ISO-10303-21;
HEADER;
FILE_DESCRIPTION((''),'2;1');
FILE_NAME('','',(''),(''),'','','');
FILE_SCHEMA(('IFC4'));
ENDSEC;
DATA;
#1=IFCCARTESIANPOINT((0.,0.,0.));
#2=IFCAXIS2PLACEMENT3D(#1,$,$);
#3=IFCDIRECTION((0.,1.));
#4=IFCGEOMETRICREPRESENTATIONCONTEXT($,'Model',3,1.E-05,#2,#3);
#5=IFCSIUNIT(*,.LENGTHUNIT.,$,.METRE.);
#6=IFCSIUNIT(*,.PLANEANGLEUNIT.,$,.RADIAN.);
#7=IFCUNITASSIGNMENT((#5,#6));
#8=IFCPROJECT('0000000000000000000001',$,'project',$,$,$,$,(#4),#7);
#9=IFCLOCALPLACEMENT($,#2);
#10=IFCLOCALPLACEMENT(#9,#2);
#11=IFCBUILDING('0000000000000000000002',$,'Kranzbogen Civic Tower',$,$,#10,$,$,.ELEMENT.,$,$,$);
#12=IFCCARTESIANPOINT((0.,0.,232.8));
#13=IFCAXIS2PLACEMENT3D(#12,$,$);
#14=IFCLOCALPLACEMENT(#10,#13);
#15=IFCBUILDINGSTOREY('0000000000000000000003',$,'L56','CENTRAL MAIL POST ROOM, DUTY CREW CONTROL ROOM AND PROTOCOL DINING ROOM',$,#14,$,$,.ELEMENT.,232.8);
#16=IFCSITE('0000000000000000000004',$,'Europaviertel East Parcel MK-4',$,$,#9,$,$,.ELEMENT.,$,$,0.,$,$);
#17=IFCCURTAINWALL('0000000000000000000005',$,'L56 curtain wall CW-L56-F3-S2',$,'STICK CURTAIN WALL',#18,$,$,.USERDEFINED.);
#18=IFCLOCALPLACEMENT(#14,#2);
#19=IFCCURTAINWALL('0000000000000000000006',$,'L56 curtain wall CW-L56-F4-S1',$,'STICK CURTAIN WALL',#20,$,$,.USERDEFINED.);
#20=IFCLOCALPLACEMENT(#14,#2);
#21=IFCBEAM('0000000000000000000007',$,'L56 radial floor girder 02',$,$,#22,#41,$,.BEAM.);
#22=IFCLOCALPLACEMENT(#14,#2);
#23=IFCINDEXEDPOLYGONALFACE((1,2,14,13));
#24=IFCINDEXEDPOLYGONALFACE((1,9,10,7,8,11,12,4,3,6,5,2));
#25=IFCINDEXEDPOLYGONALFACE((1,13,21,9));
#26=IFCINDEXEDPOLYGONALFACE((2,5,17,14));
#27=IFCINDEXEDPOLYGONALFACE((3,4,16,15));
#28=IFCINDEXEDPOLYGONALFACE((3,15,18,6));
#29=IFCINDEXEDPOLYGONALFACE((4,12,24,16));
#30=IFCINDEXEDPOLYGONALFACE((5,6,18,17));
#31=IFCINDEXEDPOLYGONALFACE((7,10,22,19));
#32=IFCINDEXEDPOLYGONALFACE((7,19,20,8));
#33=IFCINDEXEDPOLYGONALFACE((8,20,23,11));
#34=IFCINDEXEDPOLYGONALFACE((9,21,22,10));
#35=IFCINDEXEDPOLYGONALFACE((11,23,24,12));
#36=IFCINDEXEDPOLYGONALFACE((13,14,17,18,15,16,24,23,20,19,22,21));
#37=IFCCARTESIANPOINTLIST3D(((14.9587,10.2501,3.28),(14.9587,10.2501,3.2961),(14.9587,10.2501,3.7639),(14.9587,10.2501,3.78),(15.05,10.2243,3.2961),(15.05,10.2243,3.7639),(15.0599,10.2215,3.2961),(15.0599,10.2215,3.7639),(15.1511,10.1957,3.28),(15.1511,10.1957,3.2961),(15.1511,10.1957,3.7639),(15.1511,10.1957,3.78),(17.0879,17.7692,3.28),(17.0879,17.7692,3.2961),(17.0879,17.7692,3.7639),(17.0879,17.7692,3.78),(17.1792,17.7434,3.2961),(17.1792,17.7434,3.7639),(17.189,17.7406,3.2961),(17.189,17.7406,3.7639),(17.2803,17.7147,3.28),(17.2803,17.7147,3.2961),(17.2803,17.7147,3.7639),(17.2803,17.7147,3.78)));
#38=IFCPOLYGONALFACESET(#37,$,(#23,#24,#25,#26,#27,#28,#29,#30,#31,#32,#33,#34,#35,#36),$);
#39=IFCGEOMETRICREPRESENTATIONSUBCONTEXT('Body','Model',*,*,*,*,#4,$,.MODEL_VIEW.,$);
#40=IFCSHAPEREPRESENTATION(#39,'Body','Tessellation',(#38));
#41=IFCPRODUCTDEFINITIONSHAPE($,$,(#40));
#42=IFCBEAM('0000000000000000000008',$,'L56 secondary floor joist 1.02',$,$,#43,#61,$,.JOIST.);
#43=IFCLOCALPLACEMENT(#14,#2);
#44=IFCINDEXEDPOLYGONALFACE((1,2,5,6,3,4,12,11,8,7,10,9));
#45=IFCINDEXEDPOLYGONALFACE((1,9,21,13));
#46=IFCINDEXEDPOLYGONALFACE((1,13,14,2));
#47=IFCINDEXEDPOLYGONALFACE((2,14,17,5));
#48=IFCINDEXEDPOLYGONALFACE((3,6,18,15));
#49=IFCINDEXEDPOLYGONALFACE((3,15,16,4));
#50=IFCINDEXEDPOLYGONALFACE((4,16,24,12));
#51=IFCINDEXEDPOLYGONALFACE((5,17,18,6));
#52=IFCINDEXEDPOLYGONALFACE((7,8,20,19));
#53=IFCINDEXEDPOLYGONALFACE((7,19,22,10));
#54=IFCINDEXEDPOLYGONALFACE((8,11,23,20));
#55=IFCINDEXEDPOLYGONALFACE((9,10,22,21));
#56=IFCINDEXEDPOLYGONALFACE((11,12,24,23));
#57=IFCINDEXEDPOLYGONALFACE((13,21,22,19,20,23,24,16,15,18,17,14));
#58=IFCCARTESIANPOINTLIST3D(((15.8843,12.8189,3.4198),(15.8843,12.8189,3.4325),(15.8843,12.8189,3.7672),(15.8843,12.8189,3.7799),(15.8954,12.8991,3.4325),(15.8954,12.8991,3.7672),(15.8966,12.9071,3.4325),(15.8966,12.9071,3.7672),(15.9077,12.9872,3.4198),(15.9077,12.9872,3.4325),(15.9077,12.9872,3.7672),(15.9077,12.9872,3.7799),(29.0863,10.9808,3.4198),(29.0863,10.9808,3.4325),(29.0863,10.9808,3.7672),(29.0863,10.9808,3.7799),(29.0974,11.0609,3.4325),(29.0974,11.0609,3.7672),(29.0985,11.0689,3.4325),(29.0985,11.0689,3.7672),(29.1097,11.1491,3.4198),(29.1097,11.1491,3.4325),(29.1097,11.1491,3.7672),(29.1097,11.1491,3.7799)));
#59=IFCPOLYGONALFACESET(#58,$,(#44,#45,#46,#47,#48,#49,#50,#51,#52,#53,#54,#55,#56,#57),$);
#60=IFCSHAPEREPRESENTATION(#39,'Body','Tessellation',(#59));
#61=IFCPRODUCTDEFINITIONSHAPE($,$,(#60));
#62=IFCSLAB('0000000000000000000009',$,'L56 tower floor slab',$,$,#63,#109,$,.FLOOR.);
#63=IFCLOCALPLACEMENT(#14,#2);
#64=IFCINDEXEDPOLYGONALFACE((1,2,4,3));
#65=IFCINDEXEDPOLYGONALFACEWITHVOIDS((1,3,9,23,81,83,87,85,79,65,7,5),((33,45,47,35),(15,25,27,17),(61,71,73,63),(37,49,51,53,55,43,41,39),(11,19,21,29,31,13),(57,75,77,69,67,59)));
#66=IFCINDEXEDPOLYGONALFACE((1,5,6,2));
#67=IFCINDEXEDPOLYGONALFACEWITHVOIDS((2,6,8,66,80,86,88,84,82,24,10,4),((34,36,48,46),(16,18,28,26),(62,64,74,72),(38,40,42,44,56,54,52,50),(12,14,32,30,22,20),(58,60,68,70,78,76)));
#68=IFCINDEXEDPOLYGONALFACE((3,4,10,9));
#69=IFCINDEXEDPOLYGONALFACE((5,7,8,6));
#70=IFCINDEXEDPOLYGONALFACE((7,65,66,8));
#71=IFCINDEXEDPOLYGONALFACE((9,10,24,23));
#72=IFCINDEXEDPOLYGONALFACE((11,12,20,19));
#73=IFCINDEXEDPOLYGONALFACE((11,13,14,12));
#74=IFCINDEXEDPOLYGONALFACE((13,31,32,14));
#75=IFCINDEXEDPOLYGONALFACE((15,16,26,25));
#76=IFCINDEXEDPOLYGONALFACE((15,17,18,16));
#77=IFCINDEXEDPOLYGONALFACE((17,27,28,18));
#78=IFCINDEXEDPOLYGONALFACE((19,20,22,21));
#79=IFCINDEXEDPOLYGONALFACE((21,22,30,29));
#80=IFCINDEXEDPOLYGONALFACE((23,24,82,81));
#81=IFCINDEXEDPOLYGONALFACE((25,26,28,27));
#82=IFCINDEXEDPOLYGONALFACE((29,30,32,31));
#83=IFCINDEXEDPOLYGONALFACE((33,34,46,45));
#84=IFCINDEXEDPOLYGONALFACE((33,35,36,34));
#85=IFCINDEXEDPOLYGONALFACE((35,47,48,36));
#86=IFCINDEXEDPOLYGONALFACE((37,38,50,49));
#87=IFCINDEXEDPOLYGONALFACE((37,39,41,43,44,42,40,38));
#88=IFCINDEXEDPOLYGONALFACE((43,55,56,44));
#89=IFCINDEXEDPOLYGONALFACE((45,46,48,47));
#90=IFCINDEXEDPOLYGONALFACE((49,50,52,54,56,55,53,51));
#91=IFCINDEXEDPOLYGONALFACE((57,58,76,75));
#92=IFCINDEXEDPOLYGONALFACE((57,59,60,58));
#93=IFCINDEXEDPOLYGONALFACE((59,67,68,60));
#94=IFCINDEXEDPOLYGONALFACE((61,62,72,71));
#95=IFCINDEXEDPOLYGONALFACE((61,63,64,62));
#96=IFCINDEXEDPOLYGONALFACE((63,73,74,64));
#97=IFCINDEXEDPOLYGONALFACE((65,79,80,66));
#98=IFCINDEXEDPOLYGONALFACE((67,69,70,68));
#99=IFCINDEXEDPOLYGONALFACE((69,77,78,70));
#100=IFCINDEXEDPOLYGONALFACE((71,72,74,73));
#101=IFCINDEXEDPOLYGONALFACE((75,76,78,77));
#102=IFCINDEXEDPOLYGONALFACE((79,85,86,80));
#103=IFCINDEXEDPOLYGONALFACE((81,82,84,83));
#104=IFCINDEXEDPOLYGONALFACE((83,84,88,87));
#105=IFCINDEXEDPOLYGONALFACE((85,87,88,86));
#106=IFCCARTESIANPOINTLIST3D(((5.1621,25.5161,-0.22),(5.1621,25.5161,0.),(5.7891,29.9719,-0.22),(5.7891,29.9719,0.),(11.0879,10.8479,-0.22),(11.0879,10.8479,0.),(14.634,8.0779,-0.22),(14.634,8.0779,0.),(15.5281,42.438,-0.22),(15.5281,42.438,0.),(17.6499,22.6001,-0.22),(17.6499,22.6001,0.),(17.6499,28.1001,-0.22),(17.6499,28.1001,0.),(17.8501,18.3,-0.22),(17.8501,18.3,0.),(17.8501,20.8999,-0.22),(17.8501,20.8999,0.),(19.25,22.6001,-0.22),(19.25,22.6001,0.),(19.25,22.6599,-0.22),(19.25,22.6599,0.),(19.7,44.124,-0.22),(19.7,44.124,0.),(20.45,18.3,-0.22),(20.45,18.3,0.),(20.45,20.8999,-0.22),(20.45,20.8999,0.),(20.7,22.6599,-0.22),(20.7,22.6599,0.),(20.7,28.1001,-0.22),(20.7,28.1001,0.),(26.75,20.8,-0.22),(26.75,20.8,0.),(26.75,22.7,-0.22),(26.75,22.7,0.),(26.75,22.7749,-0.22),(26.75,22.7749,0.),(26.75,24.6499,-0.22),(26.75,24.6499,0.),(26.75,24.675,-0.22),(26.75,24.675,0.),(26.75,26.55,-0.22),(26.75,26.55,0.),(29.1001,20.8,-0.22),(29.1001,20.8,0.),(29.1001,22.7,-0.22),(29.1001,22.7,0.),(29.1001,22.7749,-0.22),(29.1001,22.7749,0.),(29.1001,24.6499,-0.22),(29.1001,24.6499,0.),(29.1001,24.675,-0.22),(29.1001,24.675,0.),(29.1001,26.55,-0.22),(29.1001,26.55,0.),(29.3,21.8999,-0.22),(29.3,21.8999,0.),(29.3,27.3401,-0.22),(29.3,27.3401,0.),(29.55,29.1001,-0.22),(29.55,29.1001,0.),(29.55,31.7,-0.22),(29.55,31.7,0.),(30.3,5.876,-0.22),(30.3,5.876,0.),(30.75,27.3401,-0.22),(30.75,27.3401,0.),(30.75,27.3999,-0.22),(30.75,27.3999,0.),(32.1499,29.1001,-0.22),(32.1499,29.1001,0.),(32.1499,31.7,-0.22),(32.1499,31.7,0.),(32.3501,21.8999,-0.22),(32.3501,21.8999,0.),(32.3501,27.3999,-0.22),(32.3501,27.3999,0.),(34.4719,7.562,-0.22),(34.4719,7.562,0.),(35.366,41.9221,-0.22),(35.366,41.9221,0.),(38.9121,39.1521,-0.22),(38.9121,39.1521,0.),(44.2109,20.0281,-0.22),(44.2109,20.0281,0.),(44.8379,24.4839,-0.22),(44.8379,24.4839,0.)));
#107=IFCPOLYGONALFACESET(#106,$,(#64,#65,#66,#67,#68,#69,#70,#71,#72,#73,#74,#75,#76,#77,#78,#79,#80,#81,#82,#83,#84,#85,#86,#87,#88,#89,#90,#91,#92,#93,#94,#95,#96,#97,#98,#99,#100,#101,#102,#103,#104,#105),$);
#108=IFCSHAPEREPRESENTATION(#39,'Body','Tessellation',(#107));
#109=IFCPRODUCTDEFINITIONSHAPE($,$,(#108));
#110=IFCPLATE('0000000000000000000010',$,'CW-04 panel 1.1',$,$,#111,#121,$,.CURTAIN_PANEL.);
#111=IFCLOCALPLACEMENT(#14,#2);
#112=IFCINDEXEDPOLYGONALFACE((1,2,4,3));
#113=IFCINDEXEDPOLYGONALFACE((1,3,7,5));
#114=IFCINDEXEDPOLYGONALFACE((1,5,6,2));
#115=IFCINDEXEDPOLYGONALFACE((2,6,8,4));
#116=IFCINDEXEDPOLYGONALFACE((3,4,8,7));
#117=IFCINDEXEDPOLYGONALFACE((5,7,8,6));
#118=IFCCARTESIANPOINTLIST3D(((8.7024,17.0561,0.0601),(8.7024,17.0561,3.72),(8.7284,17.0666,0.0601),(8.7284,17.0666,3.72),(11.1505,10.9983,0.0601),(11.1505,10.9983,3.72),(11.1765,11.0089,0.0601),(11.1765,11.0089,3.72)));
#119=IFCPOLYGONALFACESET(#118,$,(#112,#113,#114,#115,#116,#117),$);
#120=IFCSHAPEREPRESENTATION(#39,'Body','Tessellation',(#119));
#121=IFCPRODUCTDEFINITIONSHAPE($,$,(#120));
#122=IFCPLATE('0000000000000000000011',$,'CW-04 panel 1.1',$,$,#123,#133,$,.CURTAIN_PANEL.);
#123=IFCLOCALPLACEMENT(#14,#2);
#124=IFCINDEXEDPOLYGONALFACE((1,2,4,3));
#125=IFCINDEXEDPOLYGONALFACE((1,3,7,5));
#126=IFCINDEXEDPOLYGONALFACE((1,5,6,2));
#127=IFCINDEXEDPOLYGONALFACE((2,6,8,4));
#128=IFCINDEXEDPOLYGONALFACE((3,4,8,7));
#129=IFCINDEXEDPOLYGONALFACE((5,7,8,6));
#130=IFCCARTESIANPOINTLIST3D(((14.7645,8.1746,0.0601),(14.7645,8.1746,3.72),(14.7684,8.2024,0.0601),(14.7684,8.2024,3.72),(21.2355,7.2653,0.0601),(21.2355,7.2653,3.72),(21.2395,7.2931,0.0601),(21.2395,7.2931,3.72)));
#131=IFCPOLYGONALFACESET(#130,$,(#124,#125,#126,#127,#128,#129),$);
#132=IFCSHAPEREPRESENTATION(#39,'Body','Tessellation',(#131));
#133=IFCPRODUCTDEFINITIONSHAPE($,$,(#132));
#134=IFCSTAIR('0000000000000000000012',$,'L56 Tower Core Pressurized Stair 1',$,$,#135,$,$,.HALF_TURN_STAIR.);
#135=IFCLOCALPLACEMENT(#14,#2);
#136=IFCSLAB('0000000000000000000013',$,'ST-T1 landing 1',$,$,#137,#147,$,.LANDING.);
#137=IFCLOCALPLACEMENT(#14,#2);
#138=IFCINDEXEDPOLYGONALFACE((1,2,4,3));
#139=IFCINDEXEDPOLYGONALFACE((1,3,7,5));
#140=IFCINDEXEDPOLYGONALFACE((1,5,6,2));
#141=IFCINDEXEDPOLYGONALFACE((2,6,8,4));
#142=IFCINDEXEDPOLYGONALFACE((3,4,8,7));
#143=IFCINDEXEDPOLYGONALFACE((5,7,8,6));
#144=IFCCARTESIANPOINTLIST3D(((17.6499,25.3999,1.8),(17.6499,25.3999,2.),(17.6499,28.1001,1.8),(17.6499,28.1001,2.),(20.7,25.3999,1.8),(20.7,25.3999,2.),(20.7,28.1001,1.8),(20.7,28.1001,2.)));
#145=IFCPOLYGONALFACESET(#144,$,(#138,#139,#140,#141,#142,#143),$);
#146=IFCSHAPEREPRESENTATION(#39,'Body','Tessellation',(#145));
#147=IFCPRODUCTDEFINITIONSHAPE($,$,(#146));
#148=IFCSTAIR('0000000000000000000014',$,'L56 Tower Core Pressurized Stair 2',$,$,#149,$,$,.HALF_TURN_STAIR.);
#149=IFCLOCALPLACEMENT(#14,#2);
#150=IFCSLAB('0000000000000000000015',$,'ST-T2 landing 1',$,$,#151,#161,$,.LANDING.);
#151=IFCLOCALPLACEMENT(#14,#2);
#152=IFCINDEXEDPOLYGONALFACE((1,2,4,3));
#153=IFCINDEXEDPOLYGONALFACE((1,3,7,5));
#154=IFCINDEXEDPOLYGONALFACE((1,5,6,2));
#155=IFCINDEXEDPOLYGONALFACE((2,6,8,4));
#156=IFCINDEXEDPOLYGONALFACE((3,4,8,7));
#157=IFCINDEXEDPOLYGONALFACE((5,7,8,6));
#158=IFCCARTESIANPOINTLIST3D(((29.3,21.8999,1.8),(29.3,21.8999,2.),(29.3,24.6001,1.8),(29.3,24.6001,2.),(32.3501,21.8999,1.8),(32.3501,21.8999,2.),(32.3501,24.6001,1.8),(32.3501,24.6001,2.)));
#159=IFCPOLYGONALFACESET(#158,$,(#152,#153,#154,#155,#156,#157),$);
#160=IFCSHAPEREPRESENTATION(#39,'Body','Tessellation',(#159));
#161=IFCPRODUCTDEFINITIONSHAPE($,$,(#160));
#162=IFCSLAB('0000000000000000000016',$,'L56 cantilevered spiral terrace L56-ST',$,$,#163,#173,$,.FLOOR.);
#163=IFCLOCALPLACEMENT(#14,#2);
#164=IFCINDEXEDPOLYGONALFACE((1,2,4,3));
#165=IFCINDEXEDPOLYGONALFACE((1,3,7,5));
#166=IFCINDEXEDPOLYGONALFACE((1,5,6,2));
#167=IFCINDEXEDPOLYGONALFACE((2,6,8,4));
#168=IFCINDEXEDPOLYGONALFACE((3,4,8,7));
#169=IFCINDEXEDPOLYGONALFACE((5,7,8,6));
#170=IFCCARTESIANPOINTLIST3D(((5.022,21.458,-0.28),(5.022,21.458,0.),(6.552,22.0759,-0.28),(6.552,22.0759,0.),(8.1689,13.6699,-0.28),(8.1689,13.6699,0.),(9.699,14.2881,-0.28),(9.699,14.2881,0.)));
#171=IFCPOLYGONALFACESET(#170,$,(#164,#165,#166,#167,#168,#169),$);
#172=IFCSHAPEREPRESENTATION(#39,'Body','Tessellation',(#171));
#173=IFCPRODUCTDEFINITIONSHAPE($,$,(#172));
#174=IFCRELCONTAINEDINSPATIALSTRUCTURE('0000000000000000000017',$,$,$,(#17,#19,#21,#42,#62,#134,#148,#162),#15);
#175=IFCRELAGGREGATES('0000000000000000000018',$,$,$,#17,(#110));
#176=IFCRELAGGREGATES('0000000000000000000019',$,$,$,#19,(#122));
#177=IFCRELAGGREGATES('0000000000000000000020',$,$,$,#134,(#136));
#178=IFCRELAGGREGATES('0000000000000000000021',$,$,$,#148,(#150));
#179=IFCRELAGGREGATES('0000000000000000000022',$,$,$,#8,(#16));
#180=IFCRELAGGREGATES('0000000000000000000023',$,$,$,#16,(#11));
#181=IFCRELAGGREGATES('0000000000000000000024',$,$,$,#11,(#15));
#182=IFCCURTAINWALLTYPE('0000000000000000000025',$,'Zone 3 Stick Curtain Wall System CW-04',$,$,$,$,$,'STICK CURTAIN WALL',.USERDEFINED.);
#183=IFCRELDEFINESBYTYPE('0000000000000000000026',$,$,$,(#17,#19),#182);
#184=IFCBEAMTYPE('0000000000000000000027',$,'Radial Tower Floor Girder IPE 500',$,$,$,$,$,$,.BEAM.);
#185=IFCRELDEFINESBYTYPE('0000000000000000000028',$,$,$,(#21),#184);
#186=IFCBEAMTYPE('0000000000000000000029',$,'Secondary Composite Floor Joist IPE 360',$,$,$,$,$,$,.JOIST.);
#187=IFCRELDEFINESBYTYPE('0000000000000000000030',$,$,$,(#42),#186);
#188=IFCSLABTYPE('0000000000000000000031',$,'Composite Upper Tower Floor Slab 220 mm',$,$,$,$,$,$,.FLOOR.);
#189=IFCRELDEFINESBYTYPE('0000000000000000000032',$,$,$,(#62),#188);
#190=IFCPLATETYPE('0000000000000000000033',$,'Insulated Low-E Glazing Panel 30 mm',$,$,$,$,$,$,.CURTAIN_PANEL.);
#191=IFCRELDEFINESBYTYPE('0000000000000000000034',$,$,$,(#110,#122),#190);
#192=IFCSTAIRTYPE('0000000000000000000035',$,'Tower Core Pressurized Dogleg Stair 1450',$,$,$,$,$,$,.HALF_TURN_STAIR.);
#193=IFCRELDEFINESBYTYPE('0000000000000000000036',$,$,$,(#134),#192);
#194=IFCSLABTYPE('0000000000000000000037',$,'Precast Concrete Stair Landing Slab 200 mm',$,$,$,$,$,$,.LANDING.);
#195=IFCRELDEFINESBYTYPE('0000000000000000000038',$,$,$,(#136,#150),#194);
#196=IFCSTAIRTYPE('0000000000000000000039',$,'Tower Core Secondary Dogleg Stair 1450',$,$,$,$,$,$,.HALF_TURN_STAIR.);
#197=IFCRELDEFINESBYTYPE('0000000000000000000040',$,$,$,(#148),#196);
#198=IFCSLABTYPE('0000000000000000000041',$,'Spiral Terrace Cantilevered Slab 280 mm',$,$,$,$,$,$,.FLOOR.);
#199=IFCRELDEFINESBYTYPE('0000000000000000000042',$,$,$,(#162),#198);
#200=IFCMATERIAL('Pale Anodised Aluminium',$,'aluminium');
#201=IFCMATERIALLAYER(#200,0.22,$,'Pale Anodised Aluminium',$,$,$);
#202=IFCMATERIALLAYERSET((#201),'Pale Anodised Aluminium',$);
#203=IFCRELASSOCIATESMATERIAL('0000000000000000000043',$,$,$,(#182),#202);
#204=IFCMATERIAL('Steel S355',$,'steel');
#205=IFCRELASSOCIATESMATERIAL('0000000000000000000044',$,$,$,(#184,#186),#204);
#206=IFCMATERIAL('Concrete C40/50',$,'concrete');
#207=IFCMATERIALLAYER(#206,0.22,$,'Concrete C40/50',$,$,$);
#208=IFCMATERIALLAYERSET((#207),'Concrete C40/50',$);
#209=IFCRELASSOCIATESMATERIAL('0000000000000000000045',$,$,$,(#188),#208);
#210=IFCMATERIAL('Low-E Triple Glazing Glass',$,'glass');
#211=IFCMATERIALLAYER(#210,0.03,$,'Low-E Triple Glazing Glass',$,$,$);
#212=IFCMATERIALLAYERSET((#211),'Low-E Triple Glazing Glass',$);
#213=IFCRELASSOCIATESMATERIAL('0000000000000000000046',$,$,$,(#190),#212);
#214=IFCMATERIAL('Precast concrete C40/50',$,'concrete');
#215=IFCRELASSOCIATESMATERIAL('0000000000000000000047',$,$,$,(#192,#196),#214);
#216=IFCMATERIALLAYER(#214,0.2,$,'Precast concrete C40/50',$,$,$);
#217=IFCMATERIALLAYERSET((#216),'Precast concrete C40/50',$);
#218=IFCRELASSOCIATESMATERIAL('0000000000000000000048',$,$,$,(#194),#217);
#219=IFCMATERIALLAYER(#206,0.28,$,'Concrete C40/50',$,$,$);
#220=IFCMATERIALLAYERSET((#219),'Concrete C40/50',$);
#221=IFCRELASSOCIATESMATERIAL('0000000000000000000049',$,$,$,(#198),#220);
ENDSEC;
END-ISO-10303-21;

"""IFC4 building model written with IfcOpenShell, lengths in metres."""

from ifc_helpers import new_model, si_unit, direction, frame, origin, origin_2d, place, context, subcontext, project, spatial, polyline, rectangle, i_section, outline, extrude, material, layer, layer_set, material_profile, profile_set, type_object, element, aggregate, save


model = new_model("IFC4")

# Units and contexts
model_context = context("Model", 3, precision=1e-05, world=origin(), true_north=direction((0.0, 1.0)))
body_context = subcontext(model_context, "Body", "Model", "MODEL_VIEW")
ifc_project = project(units=[si_unit("LENGTHUNIT", "METRE"), si_unit("PLANEANGLEUNIT", "RADIAN")], contexts=[model_context])

# Site, building, storey
site_placement = place(None, origin())
site = spatial("IfcSite", under=ifc_project, at=site_placement, Name="Europaviertel East Parcel MK-4", CompositionType="ELEMENT", RefElevation=0.0)
building_placement = place(site_placement, origin())
building = spatial("IfcBuilding", under=site, at=building_placement, Name="Kranzbogen Civic Tower", CompositionType="ELEMENT")
storey_placement = place(building_placement, frame((0.0, 0.0, 232.8)))
storey = spatial("IfcBuildingStorey", under=building, at=storey_placement, Name="L56", Description="CENTRAL MAIL POST ROOM, DUTY CREW CONTROL ROOM AND PROTOCOL DINING ROOM", CompositionType="ELEMENT", Elevation=232.8)

# Shared definitions
ifc_material_1 = material(Name="Steel S355", Category="steel")

# Curtain wall
ifc_material_2 = material(Name="Pale Anodised Aluminium", Category="aluminium")
ifc_layer_1 = layer(ifc_material_2, 0.22, Name="Pale Anodised Aluminium")
ifc_layer_set_1 = layer_set([ifc_layer_1], Name="Pale Anodised Aluminium")
curtain_wall_type = type_object("IfcCurtainWallType", Name="Zone 3 Stick Curtain Wall System CW-04", ElementType="STICK CURTAIN WALL", PredefinedType="USERDEFINED", material=ifc_layer_set_1)
curtain_wall_1_placement = place(storey_placement, origin())
curtain_wall_1 = element("IfcCurtainWall", 1, at=curtain_wall_1_placement, inside=storey, type_object=curtain_wall_type, Name="L56 curtain wall CW-L56-F3-S2", ObjectType="STICK CURTAIN WALL", PredefinedType="USERDEFINED")

# Curtain wall
curtain_wall_2_placement = place(storey_placement, origin())
curtain_wall_2 = element("IfcCurtainWall", 2, at=curtain_wall_2_placement, inside=storey, type_object=curtain_wall_type, Name="L56 curtain wall CW-L56-F4-S1", ObjectType="STICK CURTAIN WALL", PredefinedType="USERDEFINED")

# Beams
ifc_material_profile_1 = material_profile(ifc_material_1, i_section(OverallWidth=0.2, OverallDepth=0.5, WebThickness=0.0103, FlangeThickness=0.0161, at=origin_2d()), Name="IPE 500")
ifc_profile_set_1 = profile_set([ifc_material_profile_1], Name="Steel S355")
beam_type_1 = type_object("IfcBeamType", Name="Radial Tower Floor Girder IPE 500", PredefinedType="BEAM", material=ifc_profile_set_1)
beam_1_placement = place(storey_placement, frame((15.0549, 10.2229, 3.53), z_axis=(0.272455, 0.962169, 0.0), x_axis=(-0.962169, 0.272455, 0.0)))
element("IfcBeam", 3, at=beam_1_placement, inside=storey, type_object=beam_type_1, Name="L56 radial floor girder 02", PredefinedType="BEAM", context=body_context, shape_type="SweptSolid", body=[
    extrude(i_section(OverallWidth=0.2, OverallDepth=0.5, WebThickness=0.0103, FlangeThickness=0.0161, at=origin_2d()), origin(), (0.0, 0.0, 1.0), 7.8147),
])
ifc_material_profile_2 = material_profile(ifc_material_1, i_section(OverallWidth=0.1699, OverallDepth=0.3601, WebThickness=0.0081, FlangeThickness=0.0127, at=origin_2d()), Name="IPE 360")
ifc_profile_set_2 = profile_set([ifc_material_profile_2], Name="Steel S355")
beam_type_2 = type_object("IfcBeamType", Name="Secondary Composite Floor Joist IPE 360", PredefinedType="JOIST", material=ifc_profile_set_2)
beam_2_placement = place(storey_placement, frame((15.896, 12.9031, 3.5999), z_axis=(0.990446, -0.137902, 0.0), x_axis=(0.137902, 0.990446, 0.0)))
element("IfcBeam", 4, at=beam_2_placement, inside=storey, type_object=beam_type_2, Name="L56 secondary floor joist 1.02", PredefinedType="JOIST", context=body_context, shape_type="SweptSolid", body=[
    extrude(i_section(OverallWidth=0.1699, OverallDepth=0.3601, WebThickness=0.0081, FlangeThickness=0.0127, at=origin_2d()), origin(), (0.0, 0.0, 1.0), 13.3293),
])

# Slab
ifc_material_3 = material(Name="Concrete C40/50", Category="concrete")
ifc_layer_2 = layer(ifc_material_3, 0.22, Name="Concrete C40/50")
ifc_layer_set_2 = layer_set([ifc_layer_2], Name="Concrete C40/50")
slab_type_1 = type_object("IfcSlabType", Name="Composite Upper Tower Floor Slab 220 mm", PredefinedType="FLOOR", material=ifc_layer_set_2)
slab_1_placement = place(storey_placement, frame((0.0, 0.0, -0.22)))
element("IfcSlab", 5, at=slab_1_placement, inside=storey, type_object=slab_type_1, Name="L56 tower floor slab", PredefinedType="FLOOR", context=body_context, shape_type="SweptSolid", body=[
    extrude(outline(polyline([(35.366, 41.9221), (19.7, 44.124), (15.5281, 42.438), (5.7891, 29.9719), (5.1621, 25.5161), (11.0879, 10.8479), (14.634, 8.0779), (30.3, 5.876), (34.4719, 7.562), (44.2109, 20.0281), (44.8379, 24.4839), (38.9121, 39.1521), (35.366, 41.9221)]), holes=[polyline([(17.8501, 20.8999), (20.45, 20.8999), (20.45, 18.3), (17.8501, 18.3), (17.8501, 20.8999)]), polyline([(29.1001, 22.7), (29.1001, 20.8), (26.75, 20.8), (26.75, 22.7), (29.1001, 22.7)]), polyline([(29.1001, 24.6499), (29.1001, 22.7749), (26.75, 22.7749), (26.75, 24.6499), (26.75, 24.675), (26.75, 26.55), (29.1001, 26.55), (29.1001, 24.675), (29.1001, 24.6499)]), polyline([(29.3, 27.3401), (30.75, 27.3401), (30.75, 27.3999), (32.3501, 27.3999), (32.3501, 21.8999), (29.3, 21.8999), (29.3, 27.3401)]), polyline([(20.7, 22.6599), (19.25, 22.6599), (19.25, 22.6001), (17.6499, 22.6001), (17.6499, 28.1001), (20.7, 28.1001), (20.7, 22.6599)]), polyline([(32.1499, 31.7), (32.1499, 29.1001), (29.55, 29.1001), (29.55, 31.7), (32.1499, 31.7)])]), origin(), (0.0, 0.0, 1.0), 0.22),
])

# Plates
ifc_material_4 = material(Name="Low-E Triple Glazing Glass", Category="glass")
ifc_layer_3 = layer(ifc_material_4, 0.03, Name="Low-E Triple Glazing Glass")
ifc_layer_set_3 = layer_set([ifc_layer_3], Name="Low-E Triple Glazing Glass")
plate_type = type_object("IfcPlateType", Name="Insulated Low-E Glazing Panel 30 mm", PredefinedType="CURTAIN_PANEL", material=ifc_layer_set_3)
plate_1_placement = place(storey_placement, frame((9.9395, 14.0325, 0.0601), z_axis=(0.0, 0.0, 1.0), x_axis=(0.374679, -0.927155, 0.0)))
plate_1 = element("IfcPlate", 6, at=plate_1_placement, type_object=plate_type, Name="CW-04 panel 1.1", PredefinedType="CURTAIN_PANEL", context=body_context, shape_type="SweptSolid", body=[
    extrude(rectangle(XDim=6.5337, YDim=0.0281, at=origin_2d()), origin(), (0.0, 0.0, 1.0), 3.6599),
])
aggregate(curtain_wall_1, [plate_1])
plate_2_placement = place(storey_placement, frame((18.002, 7.7339, 0.0601), z_axis=(0.0, 0.0, 1.0), x_axis=(0.990271, -0.139149, 0.0)))
plate_2 = element("IfcPlate", 7, at=plate_2_placement, type_object=plate_type, Name="CW-04 panel 1.1", PredefinedType="CURTAIN_PANEL", context=body_context, shape_type="SweptSolid", body=[
    extrude(rectangle(XDim=6.5347, YDim=0.0281, at=origin_2d()), origin(), (0.0, 0.0, 1.0), 3.6599),
])
aggregate(curtain_wall_2, [plate_2])

# Stairs, slabs
ifc_material_5 = material(Name="Precast concrete C40/50", Category="concrete")
stair_type_1 = type_object("IfcStairType", Name="Tower Core Pressurized Dogleg Stair 1450", PredefinedType="HALF_TURN_STAIR", material=ifc_material_5)
stair_1_placement = place(storey_placement, origin())
stair_1 = element("IfcStair", 8, at=stair_1_placement, inside=storey, type_object=stair_type_1, Name="L56 Tower Core Pressurized Stair 1", PredefinedType="HALF_TURN_STAIR")
ifc_layer_4 = layer(ifc_material_5, 0.2, Name="Precast concrete C40/50")
ifc_layer_set_4 = layer_set([ifc_layer_4], Name="Precast concrete C40/50")
slab_type_2 = type_object("IfcSlabType", Name="Precast Concrete Stair Landing Slab 200 mm", PredefinedType="LANDING", material=ifc_layer_set_4)
slab_2_placement = place(storey_placement, frame((0.0, 0.0, 1.8)))
slab_2 = element("IfcSlab", 9, at=slab_2_placement, type_object=slab_type_2, Name="ST-T1 landing 1", PredefinedType="LANDING", context=body_context, shape_type="SweptSolid", body=[
    extrude(outline(polyline([(20.7, 25.3999), (20.7, 28.1001), (17.6499, 28.1001), (17.6499, 25.3999), (20.7, 25.3999)])), origin(), (0.0, 0.0, 1.0), 0.2),
])
aggregate(stair_1, [slab_2])
stair_type_2 = type_object("IfcStairType", Name="Tower Core Secondary Dogleg Stair 1450", PredefinedType="HALF_TURN_STAIR", material=ifc_material_5)
stair_2_placement = place(storey_placement, origin())
stair_2 = element("IfcStair", 10, at=stair_2_placement, inside=storey, type_object=stair_type_2, Name="L56 Tower Core Pressurized Stair 2", PredefinedType="HALF_TURN_STAIR")
slab_3_placement = place(storey_placement, frame((0.0, 0.0, 1.8)))
slab_3 = element("IfcSlab", 11, at=slab_3_placement, type_object=slab_type_2, Name="ST-T2 landing 1", PredefinedType="LANDING", context=body_context, shape_type="SweptSolid", body=[
    extrude(outline(polyline([(29.3, 24.6001), (29.3, 21.8999), (32.3501, 21.8999), (32.3501, 24.6001), (29.3, 24.6001)])), origin(), (0.0, 0.0, 1.0), 0.2),
])
aggregate(stair_2, [slab_3])

# Slab
ifc_layer_5 = layer(ifc_material_3, 0.28, Name="Concrete C40/50")
ifc_layer_set_5 = layer_set([ifc_layer_5], Name="Concrete C40/50")
slab_type_3 = type_object("IfcSlabType", Name="Spiral Terrace Cantilevered Slab 280 mm", PredefinedType="FLOOR", material=ifc_layer_set_5)
slab_4_placement = place(storey_placement, frame((0.0, 0.0, -0.28)))
element("IfcSlab", 12, at=slab_4_placement, inside=storey, type_object=slab_type_3, Name="L56 cantilevered spiral terrace L56-ST", PredefinedType="FLOOR", context=body_context, shape_type="SweptSolid", body=[
    extrude(outline(polyline([(6.552, 22.0759), (9.699, 14.2881), (8.1689, 13.6699), (5.022, 21.458), (6.552, 22.0759)])), origin(), (0.0, 0.0, 1.0), 0.28),
])

save(model, "model.ifc")
